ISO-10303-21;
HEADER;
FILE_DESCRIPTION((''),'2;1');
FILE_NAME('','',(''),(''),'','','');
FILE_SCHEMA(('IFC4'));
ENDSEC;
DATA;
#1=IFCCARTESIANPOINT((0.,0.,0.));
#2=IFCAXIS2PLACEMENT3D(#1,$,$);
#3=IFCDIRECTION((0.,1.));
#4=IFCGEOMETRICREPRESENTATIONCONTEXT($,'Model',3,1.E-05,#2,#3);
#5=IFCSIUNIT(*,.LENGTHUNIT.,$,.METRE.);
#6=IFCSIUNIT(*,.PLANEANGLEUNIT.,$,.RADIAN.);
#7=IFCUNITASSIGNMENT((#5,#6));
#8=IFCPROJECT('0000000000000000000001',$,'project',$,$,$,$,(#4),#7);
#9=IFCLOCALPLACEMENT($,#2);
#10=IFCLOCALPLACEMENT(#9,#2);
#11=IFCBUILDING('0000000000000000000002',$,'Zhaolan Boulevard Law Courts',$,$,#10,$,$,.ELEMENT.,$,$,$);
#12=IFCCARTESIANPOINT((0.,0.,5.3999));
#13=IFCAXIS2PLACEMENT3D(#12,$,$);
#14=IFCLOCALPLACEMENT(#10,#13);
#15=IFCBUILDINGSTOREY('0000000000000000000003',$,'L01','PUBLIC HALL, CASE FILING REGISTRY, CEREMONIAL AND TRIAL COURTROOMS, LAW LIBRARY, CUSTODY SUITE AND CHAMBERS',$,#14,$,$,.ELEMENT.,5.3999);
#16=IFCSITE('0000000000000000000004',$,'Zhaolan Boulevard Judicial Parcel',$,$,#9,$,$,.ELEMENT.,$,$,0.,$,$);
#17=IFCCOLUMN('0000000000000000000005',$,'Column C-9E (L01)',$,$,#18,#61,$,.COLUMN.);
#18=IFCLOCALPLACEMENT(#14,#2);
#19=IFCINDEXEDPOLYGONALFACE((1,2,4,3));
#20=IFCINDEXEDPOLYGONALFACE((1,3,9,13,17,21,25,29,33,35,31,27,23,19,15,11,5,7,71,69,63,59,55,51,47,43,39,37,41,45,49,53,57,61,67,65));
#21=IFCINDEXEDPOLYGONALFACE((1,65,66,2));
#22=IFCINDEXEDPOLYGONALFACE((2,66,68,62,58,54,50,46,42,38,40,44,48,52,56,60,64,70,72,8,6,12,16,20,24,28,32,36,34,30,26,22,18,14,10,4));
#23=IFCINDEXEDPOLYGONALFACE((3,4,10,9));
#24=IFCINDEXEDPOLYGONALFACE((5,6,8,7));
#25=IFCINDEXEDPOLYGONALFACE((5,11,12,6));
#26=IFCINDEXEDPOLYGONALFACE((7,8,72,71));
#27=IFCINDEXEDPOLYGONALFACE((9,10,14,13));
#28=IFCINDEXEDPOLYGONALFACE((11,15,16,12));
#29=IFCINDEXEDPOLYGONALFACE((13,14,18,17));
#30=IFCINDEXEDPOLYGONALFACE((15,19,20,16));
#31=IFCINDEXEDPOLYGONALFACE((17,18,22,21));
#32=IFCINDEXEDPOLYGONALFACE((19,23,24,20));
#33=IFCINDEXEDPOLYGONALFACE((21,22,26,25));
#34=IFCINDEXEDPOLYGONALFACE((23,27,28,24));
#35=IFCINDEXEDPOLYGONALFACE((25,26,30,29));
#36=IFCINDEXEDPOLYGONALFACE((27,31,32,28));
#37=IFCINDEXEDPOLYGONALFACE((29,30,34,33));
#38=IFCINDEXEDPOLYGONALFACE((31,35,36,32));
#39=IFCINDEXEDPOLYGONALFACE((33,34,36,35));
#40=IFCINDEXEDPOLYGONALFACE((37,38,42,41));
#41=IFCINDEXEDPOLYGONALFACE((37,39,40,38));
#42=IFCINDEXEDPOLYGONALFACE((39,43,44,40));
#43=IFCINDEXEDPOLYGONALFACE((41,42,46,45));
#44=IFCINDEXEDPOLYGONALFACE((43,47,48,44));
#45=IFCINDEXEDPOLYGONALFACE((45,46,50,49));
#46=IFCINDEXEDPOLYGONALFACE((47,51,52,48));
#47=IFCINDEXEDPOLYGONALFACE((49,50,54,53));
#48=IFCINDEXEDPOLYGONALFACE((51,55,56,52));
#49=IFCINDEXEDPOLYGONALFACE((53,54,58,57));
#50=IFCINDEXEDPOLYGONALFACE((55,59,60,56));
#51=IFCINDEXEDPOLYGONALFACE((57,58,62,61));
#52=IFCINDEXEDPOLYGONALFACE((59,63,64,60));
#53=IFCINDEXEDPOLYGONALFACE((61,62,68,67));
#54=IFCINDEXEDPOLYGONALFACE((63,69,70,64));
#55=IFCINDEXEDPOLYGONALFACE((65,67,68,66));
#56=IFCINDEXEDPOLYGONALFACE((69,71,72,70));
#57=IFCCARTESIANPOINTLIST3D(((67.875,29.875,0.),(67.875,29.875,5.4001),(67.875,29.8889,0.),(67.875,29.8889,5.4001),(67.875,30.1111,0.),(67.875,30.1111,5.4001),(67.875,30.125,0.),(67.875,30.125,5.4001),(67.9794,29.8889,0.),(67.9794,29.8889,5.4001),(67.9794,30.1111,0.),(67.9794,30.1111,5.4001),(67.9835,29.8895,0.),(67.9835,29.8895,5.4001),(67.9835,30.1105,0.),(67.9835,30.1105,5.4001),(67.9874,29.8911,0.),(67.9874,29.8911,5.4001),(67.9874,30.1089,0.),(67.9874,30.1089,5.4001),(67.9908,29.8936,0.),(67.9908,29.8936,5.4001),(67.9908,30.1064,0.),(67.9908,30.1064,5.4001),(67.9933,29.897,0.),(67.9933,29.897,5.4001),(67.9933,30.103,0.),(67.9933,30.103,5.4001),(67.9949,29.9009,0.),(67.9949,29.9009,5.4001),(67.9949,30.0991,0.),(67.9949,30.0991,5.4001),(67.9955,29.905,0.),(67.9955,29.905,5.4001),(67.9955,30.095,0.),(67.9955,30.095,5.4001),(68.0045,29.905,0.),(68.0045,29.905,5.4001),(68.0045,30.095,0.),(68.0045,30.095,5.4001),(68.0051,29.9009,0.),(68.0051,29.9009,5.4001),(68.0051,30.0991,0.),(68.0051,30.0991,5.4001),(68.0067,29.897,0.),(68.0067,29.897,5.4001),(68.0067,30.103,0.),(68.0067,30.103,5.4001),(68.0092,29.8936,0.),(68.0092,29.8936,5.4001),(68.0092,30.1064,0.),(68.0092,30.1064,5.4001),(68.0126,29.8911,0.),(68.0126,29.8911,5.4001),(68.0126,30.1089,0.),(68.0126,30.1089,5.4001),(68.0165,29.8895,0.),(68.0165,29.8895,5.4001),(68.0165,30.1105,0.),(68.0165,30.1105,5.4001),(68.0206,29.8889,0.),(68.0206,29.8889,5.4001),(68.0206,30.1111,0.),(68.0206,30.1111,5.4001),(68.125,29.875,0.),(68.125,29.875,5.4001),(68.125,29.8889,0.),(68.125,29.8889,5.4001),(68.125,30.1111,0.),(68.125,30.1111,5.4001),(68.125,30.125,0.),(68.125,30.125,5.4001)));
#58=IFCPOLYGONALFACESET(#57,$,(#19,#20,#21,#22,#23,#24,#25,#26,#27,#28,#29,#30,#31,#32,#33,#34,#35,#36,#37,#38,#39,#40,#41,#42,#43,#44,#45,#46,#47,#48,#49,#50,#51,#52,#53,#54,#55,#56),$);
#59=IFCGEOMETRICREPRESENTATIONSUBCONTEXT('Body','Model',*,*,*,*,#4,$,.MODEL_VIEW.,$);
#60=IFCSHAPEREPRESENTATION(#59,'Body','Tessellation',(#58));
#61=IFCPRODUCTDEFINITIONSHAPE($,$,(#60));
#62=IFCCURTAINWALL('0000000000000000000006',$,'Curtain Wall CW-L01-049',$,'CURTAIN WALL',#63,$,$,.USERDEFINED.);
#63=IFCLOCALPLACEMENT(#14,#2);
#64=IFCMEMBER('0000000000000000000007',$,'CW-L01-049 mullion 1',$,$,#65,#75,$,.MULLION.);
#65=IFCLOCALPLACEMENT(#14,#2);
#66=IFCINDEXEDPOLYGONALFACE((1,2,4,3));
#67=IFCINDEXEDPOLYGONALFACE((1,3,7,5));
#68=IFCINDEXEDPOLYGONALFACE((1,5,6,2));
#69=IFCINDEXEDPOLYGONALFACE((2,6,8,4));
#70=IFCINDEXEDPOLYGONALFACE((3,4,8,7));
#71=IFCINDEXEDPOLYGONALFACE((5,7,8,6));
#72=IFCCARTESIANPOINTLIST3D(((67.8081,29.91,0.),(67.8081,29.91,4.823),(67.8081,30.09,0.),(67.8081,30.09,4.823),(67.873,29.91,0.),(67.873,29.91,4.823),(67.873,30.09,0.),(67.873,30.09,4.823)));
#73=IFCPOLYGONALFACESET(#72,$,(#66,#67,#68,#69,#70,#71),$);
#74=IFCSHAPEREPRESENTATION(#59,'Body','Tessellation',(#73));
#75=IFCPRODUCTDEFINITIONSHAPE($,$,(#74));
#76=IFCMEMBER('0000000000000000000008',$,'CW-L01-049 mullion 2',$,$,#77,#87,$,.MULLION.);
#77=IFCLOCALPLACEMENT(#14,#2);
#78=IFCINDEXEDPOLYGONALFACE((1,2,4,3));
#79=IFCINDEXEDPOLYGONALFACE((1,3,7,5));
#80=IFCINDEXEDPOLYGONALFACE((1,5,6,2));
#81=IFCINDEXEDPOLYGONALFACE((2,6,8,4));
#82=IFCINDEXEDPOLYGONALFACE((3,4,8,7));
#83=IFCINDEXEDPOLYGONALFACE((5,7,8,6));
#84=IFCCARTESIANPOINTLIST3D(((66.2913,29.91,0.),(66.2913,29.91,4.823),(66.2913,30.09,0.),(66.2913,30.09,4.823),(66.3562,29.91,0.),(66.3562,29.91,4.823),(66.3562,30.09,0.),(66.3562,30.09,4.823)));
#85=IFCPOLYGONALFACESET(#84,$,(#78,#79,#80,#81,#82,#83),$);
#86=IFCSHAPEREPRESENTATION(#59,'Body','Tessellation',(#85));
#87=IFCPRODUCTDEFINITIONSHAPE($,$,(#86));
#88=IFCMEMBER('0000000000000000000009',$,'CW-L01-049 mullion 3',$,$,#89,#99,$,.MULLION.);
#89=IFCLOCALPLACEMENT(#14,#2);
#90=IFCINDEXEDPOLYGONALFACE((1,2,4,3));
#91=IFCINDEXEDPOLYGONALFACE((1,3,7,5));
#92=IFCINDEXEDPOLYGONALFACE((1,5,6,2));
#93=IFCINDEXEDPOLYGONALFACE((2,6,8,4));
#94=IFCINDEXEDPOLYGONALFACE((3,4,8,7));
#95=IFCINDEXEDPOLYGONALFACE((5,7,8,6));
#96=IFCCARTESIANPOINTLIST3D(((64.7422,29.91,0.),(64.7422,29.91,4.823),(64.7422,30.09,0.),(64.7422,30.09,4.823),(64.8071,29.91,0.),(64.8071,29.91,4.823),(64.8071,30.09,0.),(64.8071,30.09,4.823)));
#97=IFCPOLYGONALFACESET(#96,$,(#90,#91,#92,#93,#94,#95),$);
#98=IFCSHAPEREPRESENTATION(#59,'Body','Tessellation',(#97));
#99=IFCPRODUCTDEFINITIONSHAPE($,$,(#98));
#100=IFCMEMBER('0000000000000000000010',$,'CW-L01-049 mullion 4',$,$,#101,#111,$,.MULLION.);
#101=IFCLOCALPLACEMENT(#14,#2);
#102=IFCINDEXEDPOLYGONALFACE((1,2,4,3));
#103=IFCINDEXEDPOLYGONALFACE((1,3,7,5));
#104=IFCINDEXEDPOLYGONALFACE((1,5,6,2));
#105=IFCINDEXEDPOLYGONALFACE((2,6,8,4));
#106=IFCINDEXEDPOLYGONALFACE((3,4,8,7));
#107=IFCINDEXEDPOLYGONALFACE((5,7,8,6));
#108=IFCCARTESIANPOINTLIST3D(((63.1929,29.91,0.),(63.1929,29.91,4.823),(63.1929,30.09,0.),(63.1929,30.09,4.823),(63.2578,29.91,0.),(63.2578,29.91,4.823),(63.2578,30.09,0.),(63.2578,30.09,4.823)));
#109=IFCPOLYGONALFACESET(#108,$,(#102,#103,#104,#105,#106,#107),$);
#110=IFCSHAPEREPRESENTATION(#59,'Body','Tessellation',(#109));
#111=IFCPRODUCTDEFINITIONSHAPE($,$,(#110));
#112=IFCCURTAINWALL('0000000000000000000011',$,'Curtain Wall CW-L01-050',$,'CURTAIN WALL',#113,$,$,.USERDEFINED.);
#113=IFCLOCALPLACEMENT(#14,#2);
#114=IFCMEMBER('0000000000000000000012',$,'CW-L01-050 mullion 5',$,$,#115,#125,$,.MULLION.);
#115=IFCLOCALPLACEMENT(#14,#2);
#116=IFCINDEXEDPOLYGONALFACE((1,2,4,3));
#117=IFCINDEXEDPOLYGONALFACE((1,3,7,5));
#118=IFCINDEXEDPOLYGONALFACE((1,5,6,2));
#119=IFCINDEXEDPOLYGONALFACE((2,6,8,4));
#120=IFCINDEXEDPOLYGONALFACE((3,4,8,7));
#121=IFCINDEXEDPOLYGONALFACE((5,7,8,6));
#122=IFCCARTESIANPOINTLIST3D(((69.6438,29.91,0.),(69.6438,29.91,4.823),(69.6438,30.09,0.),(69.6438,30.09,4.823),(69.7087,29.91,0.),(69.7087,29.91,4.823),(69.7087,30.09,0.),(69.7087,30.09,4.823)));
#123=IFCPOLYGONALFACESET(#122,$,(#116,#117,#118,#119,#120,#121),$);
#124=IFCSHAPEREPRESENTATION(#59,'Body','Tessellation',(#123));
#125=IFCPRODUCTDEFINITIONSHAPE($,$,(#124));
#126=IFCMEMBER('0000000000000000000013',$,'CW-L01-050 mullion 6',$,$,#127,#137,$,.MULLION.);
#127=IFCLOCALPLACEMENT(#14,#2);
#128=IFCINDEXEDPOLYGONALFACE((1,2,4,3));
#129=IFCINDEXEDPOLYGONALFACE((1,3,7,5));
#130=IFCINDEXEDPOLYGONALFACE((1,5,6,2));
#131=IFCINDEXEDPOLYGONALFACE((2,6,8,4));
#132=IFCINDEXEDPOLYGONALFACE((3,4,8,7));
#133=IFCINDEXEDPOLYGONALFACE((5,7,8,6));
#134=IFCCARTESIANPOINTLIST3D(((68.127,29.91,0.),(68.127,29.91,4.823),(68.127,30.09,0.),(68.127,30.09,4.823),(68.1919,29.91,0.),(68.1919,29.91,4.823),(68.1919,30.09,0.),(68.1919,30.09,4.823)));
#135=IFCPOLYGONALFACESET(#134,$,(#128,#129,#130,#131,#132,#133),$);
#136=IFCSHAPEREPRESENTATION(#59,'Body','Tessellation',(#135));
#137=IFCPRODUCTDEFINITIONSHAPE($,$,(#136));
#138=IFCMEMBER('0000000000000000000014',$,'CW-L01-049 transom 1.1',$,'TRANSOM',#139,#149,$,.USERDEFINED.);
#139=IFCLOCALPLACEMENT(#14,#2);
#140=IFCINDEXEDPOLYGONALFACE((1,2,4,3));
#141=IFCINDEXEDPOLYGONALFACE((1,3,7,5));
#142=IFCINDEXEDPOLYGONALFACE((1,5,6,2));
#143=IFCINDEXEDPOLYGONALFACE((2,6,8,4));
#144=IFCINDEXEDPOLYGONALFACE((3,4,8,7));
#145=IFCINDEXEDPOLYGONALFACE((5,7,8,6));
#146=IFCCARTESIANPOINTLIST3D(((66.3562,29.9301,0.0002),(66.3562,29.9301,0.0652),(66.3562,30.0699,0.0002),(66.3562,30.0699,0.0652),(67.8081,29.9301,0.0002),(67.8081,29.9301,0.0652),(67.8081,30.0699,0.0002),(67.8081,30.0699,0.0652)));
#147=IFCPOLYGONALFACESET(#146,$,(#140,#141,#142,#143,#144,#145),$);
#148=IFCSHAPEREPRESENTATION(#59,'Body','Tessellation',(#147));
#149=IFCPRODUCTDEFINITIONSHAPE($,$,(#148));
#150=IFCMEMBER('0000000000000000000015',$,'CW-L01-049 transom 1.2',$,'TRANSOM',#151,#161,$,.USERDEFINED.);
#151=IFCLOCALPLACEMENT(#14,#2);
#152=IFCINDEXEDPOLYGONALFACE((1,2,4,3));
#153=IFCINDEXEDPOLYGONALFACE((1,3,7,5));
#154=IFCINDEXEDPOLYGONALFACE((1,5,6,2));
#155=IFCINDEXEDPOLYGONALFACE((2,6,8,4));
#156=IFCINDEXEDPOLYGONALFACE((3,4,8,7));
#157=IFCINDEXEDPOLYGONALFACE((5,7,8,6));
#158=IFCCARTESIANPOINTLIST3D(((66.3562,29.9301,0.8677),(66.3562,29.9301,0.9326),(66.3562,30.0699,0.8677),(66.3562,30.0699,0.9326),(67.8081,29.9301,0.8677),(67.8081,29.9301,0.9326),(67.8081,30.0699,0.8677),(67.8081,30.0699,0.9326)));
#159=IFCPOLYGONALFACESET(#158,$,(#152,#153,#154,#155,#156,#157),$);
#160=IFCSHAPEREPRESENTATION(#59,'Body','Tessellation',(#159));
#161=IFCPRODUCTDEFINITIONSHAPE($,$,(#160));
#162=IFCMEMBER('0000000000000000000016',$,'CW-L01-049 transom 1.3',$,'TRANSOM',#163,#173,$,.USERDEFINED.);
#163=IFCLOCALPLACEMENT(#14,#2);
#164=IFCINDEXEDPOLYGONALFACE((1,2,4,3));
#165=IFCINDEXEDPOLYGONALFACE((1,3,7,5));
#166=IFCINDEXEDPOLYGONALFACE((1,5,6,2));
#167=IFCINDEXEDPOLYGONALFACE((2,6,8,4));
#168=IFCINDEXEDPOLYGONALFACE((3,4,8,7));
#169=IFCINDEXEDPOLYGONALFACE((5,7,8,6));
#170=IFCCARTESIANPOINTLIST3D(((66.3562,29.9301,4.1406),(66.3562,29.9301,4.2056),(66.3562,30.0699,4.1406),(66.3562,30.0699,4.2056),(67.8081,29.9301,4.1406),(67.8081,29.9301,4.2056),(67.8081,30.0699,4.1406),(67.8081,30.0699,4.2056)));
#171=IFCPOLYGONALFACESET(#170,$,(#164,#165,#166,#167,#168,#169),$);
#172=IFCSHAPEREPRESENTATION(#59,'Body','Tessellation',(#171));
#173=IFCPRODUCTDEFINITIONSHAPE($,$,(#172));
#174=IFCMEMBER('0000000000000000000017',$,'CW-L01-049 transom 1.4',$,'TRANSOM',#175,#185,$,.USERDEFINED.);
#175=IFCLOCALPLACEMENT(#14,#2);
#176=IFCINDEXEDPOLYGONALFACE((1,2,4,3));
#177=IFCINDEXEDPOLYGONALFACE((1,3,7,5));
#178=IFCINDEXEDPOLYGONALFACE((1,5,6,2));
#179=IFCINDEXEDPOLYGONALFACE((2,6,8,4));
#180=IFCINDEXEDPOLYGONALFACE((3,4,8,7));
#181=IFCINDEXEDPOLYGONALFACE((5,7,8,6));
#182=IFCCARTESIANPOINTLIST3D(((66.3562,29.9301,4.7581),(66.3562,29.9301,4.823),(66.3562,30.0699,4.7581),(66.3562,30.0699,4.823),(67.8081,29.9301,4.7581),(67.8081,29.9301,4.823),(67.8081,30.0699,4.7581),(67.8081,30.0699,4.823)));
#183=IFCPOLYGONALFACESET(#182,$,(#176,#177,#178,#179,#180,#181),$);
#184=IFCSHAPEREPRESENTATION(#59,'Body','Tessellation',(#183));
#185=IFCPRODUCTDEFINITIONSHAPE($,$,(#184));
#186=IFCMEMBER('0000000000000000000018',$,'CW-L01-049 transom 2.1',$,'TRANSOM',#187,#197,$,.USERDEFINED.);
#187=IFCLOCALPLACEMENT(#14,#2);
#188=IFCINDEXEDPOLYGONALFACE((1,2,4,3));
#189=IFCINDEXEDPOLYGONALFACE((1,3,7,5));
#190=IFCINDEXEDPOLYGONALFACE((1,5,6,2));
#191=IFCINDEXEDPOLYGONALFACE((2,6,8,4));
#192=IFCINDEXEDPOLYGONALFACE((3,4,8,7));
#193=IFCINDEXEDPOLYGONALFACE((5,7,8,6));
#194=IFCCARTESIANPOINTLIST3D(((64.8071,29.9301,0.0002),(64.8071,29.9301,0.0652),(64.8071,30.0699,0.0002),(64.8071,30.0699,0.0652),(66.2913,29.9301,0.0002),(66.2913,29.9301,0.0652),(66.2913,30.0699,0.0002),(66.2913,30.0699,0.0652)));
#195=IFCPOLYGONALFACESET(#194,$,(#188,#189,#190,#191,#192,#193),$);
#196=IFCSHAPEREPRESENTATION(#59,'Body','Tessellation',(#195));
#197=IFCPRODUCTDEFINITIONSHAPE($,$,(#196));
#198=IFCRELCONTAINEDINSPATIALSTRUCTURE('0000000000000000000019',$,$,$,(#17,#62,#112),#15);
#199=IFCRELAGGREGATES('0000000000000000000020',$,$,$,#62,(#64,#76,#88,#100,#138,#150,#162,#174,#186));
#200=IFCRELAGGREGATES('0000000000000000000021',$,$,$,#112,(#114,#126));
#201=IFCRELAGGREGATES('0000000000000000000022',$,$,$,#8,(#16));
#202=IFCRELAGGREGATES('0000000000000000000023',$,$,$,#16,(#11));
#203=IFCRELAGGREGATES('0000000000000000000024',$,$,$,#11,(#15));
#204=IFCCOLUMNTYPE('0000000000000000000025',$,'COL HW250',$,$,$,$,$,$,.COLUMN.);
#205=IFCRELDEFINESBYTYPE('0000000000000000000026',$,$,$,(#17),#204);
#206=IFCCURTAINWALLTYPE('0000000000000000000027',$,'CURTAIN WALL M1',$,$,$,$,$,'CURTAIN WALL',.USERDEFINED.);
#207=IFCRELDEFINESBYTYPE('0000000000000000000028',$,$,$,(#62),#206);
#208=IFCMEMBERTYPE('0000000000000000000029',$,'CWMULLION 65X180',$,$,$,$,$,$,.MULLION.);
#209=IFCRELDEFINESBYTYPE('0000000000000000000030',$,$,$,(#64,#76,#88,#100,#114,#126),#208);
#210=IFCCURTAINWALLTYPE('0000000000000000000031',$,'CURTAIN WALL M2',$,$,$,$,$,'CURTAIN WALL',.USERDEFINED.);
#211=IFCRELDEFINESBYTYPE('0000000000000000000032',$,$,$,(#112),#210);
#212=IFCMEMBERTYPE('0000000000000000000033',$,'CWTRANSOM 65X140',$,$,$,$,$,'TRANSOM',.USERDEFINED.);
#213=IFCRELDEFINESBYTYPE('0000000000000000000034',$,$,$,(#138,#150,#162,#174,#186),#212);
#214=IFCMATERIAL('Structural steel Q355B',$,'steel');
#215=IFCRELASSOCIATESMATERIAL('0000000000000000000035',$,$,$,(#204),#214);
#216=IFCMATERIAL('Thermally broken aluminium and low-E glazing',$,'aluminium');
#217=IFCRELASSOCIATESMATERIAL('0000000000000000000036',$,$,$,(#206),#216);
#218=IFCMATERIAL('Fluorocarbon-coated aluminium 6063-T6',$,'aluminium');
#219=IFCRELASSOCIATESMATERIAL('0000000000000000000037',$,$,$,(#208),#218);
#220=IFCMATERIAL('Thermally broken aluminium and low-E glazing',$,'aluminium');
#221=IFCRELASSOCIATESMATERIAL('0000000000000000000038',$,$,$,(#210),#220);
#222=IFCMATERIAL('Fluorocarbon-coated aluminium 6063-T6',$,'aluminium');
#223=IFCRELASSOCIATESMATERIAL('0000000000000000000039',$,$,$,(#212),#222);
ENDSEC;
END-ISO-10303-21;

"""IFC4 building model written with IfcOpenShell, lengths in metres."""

from ifc_helpers import new_model, si_unit, direction, frame, origin, origin_2d, place, context, subcontext, project, spatial, rectangle, i_section, extrude, material, material_profile, profile_set, type_object, element, aggregate, save


model = new_model("IFC4")

# Units and contexts
model_context = context("Model", 3, precision=1e-05, world=origin(), true_north=direction((0.0, 1.0)))
body_context = subcontext(model_context, "Body", "Model", "MODEL_VIEW")
ifc_project = project(units=[si_unit("LENGTHUNIT", "METRE"), si_unit("PLANEANGLEUNIT", "RADIAN")], contexts=[model_context])

# Site, building, storey
site_placement = place(None, origin())
site = spatial("IfcSite", under=ifc_project, at=site_placement, Name="Zhaolan Boulevard Judicial Parcel", CompositionType="ELEMENT", RefElevation=0.0)
building_placement = place(site_placement, origin())
building = spatial("IfcBuilding", under=site, at=building_placement, Name="Zhaolan Boulevard Law Courts", CompositionType="ELEMENT")
storey_placement = place(building_placement, frame((0.0, 0.0, 5.3999)))
storey = spatial("IfcBuildingStorey", under=building, at=storey_placement, Name="L01", Description="PUBLIC HALL, CASE FILING REGISTRY, CEREMONIAL AND TRIAL COURTROOMS, LAW LIBRARY, CUSTODY SUITE AND CHAMBERS", CompositionType="ELEMENT", Elevation=5.3999)

# Column
ifc_material_1 = material(Name="Structural steel Q355B", Category="steel")
ifc_material_profile_1 = material_profile(ifc_material_1, i_section(OverallWidth=0.25, OverallDepth=0.25, WebThickness=0.009, FlangeThickness=0.0139, FilletRadius=0.0161, at=origin_2d()), Name="HW250x250")
ifc_profile_set_1 = profile_set([ifc_material_profile_1], Name="Structural steel Q355B")
column_type = type_object("IfcColumnType", Name="COL HW250", PredefinedType="COLUMN", material=ifc_profile_set_1)
column_placement = place(storey_placement, frame((68.0, 30.0, 0.0), z_axis=(0.0, 0.0, 1.0), x_axis=(1.0, 0.0, 0.0)))
element("IfcColumn", 1, at=column_placement, inside=storey, type_object=column_type, Name="Column C-9E (L01)", PredefinedType="COLUMN", context=body_context, shape_type="SweptSolid", body=[
    extrude(i_section(OverallWidth=0.25, OverallDepth=0.25, WebThickness=0.009, FlangeThickness=0.0139, FilletRadius=0.0161, at=origin_2d()), origin(), (0.0, 0.0, 1.0), 5.4001),
])

# Curtain walls, members
ifc_material_2 = material(Name="Thermally broken aluminium and low-E glazing", Category="aluminium")
curtain_wall_type_1 = type_object("IfcCurtainWallType", Name="CURTAIN WALL M1", ElementType="CURTAIN WALL", PredefinedType="USERDEFINED", material=ifc_material_2)
curtain_wall_1_placement = place(storey_placement, origin())
curtain_wall_1 = element("IfcCurtainWall", 2, at=curtain_wall_1_placement, inside=storey, type_object=curtain_wall_type_1, Name="Curtain Wall CW-L01-049", ObjectType="CURTAIN WALL", PredefinedType="USERDEFINED")
ifc_material_3 = material(Name="Fluorocarbon-coated aluminium 6063-T6", Category="aluminium")
ifc_material_profile_2 = material_profile(ifc_material_3, rectangle(XDim=0.1799, YDim=0.0649, at=origin_2d()), Name="AL65x180")
ifc_profile_set_2 = profile_set([ifc_material_profile_2], Name="Fluorocarbon-coated aluminium 6063-T6")
member_type_1 = type_object("IfcMemberType", Name="CWMULLION 65X180", PredefinedType="MULLION", material=ifc_profile_set_2)
member_1_placement = place(storey_placement, frame((67.8406, 30.0, 0.0), z_axis=(0.0, 0.0, 1.0), x_axis=(0.0, -1.0, 0.0)))
member_1 = element("IfcMember", 3, at=member_1_placement, type_object=member_type_1, Name="CW-L01-049 mullion 1", PredefinedType="MULLION", context=body_context, shape_type="SweptSolid", body=[
    extrude(rectangle(XDim=0.1799, YDim=0.0649, at=origin_2d()), origin(), (0.0, 0.0, 1.0), 4.823),
])
member_2_placement = place(storey_placement, frame((66.3237, 30.0, 0.0), z_axis=(0.0, 0.0, 1.0), x_axis=(0.0, -1.0, 0.0)))
member_2 = element("IfcMember", 4, at=member_2_placement, type_object=member_type_1, Name="CW-L01-049 mullion 2", PredefinedType="MULLION", context=body_context, shape_type="SweptSolid", body=[
    extrude(rectangle(XDim=0.1799, YDim=0.0649, at=origin_2d()), origin(), (0.0, 0.0, 1.0), 4.823),
])
member_3_placement = place(storey_placement, frame((64.7747, 30.0, 0.0), z_axis=(0.0, 0.0, 1.0), x_axis=(0.0, -1.0, 0.0)))
member_3 = element("IfcMember", 5, at=member_3_placement, type_object=member_type_1, Name="CW-L01-049 mullion 3", PredefinedType="MULLION", context=body_context, shape_type="SweptSolid", body=[
    extrude(rectangle(XDim=0.1799, YDim=0.0649, at=origin_2d()), origin(), (0.0, 0.0, 1.0), 4.823),
])
member_4_placement = place(storey_placement, frame((63.2253, 30.0, 0.0), z_axis=(0.0, 0.0, 1.0), x_axis=(0.0, -1.0, 0.0)))
member_4 = element("IfcMember", 6, at=member_4_placement, type_object=member_type_1, Name="CW-L01-049 mullion 4", PredefinedType="MULLION", context=body_context, shape_type="SweptSolid", body=[
    extrude(rectangle(XDim=0.1799, YDim=0.0649, at=origin_2d()), origin(), (0.0, 0.0, 1.0), 4.823),
])
ifc_material_4 = material(Name="Thermally broken aluminium and low-E glazing", Category="aluminium")
curtain_wall_type_2 = type_object("IfcCurtainWallType", Name="CURTAIN WALL M2", ElementType="CURTAIN WALL", PredefinedType="USERDEFINED", material=ifc_material_4)
curtain_wall_2_placement = place(storey_placement, origin())
curtain_wall_2 = element("IfcCurtainWall", 7, at=curtain_wall_2_placement, inside=storey, type_object=curtain_wall_type_2, Name="Curtain Wall CW-L01-050", ObjectType="CURTAIN WALL", PredefinedType="USERDEFINED")
member_5_placement = place(storey_placement, frame((69.6763, 30.0, 0.0), z_axis=(0.0, 0.0, 1.0), x_axis=(0.0, -1.0, 0.0)))
member_5 = element("IfcMember", 8, at=member_5_placement, type_object=member_type_1, Name="CW-L01-050 mullion 5", PredefinedType="MULLION", context=body_context, shape_type="SweptSolid", body=[
    extrude(rectangle(XDim=0.1799, YDim=0.0649, at=origin_2d()), origin(), (0.0, 0.0, 1.0), 4.823),
])
member_6_placement = place(storey_placement, frame((68.1594, 30.0, 0.0), z_axis=(0.0, 0.0, 1.0), x_axis=(0.0, -1.0, 0.0)))
member_6 = element("IfcMember", 9, at=member_6_placement, type_object=member_type_1, Name="CW-L01-050 mullion 6", PredefinedType="MULLION", context=body_context, shape_type="SweptSolid", body=[
    extrude(rectangle(XDim=0.1799, YDim=0.0649, at=origin_2d()), origin(), (0.0, 0.0, 1.0), 4.823),
])

# Members
ifc_material_5 = material(Name="Fluorocarbon-coated aluminium 6063-T6", Category="aluminium")
ifc_material_profile_3 = material_profile(ifc_material_5, rectangle(XDim=0.1399, YDim=0.0649, at=origin_2d()), Name="AL65x140")
ifc_profile_set_3 = profile_set([ifc_material_profile_3], Name="Fluorocarbon-coated aluminium 6063-T6")
member_type_2 = type_object("IfcMemberType", Name="CWTRANSOM 65X140", ElementType="TRANSOM", PredefinedType="USERDEFINED", material=ifc_profile_set_3)
member_7_placement = place(storey_placement, frame((67.8081, 30.0, 0.0327), z_axis=(-1.0, 0.0, 0.0), x_axis=(0.0, -1.0, 0.0)))
member_7 = element("IfcMember", 10, at=member_7_placement, type_object=member_type_2, Name="CW-L01-049 transom 1.1", ObjectType="TRANSOM", PredefinedType="USERDEFINED", context=body_context, shape_type="SweptSolid", body=[
    extrude(rectangle(XDim=0.1399, YDim=0.0649, at=origin_2d()), origin(), (0.0, 0.0, 1.0), 1.4519),
])
member_8_placement = place(storey_placement, frame((67.8081, 30.0, 0.9001), z_axis=(-1.0, 0.0, 0.0), x_axis=(0.0, -1.0, 0.0)))
member_8 = element("IfcMember", 11, at=member_8_placement, type_object=member_type_2, Name="CW-L01-049 transom 1.2", ObjectType="TRANSOM", PredefinedType="USERDEFINED", context=body_context, shape_type="SweptSolid", body=[
    extrude(rectangle(XDim=0.1399, YDim=0.0649, at=origin_2d()), origin(), (0.0, 0.0, 1.0), 1.4519),
])
member_9_placement = place(storey_placement, frame((67.8081, 30.0, 4.1731), z_axis=(-1.0, 0.0, 0.0), x_axis=(0.0, -1.0, 0.0)))
member_9 = element("IfcMember", 12, at=member_9_placement, type_object=member_type_2, Name="CW-L01-049 transom 1.3", ObjectType="TRANSOM", PredefinedType="USERDEFINED", context=body_context, shape_type="SweptSolid", body=[
    extrude(rectangle(XDim=0.1399, YDim=0.0649, at=origin_2d()), origin(), (0.0, 0.0, 1.0), 1.4519),
])
member_10_placement = place(storey_placement, frame((67.8081, 30.0, 4.7905), z_axis=(-1.0, 0.0, 0.0), x_axis=(0.0, -1.0, 0.0)))
member_10 = element("IfcMember", 13, at=member_10_placement, type_object=member_type_2, Name="CW-L01-049 transom 1.4", ObjectType="TRANSOM", PredefinedType="USERDEFINED", context=body_context, shape_type="SweptSolid", body=[
    extrude(rectangle(XDim=0.1399, YDim=0.0649, at=origin_2d()), origin(), (0.0, 0.0, 1.0), 1.4519),
])
member_11_placement = place(storey_placement, frame((66.2913, 30.0, 0.0327), z_axis=(-1.0, 0.0, 0.0), x_axis=(0.0, -1.0, 0.0)))
member_11 = element("IfcMember", 14, at=member_11_placement, type_object=member_type_2, Name="CW-L01-049 transom 2.1", ObjectType="TRANSOM", PredefinedType="USERDEFINED", context=body_context, shape_type="SweptSolid", body=[
    extrude(rectangle(XDim=0.1399, YDim=0.0649, at=origin_2d()), origin(), (0.0, 0.0, 1.0), 1.4841),
])

aggregate(curtain_wall_1, [member_1, member_2, member_3, member_4, member_7, member_8, member_9, member_10, member_11])
aggregate(curtain_wall_2, [member_5, member_6])

save(model, "model.ifc")
